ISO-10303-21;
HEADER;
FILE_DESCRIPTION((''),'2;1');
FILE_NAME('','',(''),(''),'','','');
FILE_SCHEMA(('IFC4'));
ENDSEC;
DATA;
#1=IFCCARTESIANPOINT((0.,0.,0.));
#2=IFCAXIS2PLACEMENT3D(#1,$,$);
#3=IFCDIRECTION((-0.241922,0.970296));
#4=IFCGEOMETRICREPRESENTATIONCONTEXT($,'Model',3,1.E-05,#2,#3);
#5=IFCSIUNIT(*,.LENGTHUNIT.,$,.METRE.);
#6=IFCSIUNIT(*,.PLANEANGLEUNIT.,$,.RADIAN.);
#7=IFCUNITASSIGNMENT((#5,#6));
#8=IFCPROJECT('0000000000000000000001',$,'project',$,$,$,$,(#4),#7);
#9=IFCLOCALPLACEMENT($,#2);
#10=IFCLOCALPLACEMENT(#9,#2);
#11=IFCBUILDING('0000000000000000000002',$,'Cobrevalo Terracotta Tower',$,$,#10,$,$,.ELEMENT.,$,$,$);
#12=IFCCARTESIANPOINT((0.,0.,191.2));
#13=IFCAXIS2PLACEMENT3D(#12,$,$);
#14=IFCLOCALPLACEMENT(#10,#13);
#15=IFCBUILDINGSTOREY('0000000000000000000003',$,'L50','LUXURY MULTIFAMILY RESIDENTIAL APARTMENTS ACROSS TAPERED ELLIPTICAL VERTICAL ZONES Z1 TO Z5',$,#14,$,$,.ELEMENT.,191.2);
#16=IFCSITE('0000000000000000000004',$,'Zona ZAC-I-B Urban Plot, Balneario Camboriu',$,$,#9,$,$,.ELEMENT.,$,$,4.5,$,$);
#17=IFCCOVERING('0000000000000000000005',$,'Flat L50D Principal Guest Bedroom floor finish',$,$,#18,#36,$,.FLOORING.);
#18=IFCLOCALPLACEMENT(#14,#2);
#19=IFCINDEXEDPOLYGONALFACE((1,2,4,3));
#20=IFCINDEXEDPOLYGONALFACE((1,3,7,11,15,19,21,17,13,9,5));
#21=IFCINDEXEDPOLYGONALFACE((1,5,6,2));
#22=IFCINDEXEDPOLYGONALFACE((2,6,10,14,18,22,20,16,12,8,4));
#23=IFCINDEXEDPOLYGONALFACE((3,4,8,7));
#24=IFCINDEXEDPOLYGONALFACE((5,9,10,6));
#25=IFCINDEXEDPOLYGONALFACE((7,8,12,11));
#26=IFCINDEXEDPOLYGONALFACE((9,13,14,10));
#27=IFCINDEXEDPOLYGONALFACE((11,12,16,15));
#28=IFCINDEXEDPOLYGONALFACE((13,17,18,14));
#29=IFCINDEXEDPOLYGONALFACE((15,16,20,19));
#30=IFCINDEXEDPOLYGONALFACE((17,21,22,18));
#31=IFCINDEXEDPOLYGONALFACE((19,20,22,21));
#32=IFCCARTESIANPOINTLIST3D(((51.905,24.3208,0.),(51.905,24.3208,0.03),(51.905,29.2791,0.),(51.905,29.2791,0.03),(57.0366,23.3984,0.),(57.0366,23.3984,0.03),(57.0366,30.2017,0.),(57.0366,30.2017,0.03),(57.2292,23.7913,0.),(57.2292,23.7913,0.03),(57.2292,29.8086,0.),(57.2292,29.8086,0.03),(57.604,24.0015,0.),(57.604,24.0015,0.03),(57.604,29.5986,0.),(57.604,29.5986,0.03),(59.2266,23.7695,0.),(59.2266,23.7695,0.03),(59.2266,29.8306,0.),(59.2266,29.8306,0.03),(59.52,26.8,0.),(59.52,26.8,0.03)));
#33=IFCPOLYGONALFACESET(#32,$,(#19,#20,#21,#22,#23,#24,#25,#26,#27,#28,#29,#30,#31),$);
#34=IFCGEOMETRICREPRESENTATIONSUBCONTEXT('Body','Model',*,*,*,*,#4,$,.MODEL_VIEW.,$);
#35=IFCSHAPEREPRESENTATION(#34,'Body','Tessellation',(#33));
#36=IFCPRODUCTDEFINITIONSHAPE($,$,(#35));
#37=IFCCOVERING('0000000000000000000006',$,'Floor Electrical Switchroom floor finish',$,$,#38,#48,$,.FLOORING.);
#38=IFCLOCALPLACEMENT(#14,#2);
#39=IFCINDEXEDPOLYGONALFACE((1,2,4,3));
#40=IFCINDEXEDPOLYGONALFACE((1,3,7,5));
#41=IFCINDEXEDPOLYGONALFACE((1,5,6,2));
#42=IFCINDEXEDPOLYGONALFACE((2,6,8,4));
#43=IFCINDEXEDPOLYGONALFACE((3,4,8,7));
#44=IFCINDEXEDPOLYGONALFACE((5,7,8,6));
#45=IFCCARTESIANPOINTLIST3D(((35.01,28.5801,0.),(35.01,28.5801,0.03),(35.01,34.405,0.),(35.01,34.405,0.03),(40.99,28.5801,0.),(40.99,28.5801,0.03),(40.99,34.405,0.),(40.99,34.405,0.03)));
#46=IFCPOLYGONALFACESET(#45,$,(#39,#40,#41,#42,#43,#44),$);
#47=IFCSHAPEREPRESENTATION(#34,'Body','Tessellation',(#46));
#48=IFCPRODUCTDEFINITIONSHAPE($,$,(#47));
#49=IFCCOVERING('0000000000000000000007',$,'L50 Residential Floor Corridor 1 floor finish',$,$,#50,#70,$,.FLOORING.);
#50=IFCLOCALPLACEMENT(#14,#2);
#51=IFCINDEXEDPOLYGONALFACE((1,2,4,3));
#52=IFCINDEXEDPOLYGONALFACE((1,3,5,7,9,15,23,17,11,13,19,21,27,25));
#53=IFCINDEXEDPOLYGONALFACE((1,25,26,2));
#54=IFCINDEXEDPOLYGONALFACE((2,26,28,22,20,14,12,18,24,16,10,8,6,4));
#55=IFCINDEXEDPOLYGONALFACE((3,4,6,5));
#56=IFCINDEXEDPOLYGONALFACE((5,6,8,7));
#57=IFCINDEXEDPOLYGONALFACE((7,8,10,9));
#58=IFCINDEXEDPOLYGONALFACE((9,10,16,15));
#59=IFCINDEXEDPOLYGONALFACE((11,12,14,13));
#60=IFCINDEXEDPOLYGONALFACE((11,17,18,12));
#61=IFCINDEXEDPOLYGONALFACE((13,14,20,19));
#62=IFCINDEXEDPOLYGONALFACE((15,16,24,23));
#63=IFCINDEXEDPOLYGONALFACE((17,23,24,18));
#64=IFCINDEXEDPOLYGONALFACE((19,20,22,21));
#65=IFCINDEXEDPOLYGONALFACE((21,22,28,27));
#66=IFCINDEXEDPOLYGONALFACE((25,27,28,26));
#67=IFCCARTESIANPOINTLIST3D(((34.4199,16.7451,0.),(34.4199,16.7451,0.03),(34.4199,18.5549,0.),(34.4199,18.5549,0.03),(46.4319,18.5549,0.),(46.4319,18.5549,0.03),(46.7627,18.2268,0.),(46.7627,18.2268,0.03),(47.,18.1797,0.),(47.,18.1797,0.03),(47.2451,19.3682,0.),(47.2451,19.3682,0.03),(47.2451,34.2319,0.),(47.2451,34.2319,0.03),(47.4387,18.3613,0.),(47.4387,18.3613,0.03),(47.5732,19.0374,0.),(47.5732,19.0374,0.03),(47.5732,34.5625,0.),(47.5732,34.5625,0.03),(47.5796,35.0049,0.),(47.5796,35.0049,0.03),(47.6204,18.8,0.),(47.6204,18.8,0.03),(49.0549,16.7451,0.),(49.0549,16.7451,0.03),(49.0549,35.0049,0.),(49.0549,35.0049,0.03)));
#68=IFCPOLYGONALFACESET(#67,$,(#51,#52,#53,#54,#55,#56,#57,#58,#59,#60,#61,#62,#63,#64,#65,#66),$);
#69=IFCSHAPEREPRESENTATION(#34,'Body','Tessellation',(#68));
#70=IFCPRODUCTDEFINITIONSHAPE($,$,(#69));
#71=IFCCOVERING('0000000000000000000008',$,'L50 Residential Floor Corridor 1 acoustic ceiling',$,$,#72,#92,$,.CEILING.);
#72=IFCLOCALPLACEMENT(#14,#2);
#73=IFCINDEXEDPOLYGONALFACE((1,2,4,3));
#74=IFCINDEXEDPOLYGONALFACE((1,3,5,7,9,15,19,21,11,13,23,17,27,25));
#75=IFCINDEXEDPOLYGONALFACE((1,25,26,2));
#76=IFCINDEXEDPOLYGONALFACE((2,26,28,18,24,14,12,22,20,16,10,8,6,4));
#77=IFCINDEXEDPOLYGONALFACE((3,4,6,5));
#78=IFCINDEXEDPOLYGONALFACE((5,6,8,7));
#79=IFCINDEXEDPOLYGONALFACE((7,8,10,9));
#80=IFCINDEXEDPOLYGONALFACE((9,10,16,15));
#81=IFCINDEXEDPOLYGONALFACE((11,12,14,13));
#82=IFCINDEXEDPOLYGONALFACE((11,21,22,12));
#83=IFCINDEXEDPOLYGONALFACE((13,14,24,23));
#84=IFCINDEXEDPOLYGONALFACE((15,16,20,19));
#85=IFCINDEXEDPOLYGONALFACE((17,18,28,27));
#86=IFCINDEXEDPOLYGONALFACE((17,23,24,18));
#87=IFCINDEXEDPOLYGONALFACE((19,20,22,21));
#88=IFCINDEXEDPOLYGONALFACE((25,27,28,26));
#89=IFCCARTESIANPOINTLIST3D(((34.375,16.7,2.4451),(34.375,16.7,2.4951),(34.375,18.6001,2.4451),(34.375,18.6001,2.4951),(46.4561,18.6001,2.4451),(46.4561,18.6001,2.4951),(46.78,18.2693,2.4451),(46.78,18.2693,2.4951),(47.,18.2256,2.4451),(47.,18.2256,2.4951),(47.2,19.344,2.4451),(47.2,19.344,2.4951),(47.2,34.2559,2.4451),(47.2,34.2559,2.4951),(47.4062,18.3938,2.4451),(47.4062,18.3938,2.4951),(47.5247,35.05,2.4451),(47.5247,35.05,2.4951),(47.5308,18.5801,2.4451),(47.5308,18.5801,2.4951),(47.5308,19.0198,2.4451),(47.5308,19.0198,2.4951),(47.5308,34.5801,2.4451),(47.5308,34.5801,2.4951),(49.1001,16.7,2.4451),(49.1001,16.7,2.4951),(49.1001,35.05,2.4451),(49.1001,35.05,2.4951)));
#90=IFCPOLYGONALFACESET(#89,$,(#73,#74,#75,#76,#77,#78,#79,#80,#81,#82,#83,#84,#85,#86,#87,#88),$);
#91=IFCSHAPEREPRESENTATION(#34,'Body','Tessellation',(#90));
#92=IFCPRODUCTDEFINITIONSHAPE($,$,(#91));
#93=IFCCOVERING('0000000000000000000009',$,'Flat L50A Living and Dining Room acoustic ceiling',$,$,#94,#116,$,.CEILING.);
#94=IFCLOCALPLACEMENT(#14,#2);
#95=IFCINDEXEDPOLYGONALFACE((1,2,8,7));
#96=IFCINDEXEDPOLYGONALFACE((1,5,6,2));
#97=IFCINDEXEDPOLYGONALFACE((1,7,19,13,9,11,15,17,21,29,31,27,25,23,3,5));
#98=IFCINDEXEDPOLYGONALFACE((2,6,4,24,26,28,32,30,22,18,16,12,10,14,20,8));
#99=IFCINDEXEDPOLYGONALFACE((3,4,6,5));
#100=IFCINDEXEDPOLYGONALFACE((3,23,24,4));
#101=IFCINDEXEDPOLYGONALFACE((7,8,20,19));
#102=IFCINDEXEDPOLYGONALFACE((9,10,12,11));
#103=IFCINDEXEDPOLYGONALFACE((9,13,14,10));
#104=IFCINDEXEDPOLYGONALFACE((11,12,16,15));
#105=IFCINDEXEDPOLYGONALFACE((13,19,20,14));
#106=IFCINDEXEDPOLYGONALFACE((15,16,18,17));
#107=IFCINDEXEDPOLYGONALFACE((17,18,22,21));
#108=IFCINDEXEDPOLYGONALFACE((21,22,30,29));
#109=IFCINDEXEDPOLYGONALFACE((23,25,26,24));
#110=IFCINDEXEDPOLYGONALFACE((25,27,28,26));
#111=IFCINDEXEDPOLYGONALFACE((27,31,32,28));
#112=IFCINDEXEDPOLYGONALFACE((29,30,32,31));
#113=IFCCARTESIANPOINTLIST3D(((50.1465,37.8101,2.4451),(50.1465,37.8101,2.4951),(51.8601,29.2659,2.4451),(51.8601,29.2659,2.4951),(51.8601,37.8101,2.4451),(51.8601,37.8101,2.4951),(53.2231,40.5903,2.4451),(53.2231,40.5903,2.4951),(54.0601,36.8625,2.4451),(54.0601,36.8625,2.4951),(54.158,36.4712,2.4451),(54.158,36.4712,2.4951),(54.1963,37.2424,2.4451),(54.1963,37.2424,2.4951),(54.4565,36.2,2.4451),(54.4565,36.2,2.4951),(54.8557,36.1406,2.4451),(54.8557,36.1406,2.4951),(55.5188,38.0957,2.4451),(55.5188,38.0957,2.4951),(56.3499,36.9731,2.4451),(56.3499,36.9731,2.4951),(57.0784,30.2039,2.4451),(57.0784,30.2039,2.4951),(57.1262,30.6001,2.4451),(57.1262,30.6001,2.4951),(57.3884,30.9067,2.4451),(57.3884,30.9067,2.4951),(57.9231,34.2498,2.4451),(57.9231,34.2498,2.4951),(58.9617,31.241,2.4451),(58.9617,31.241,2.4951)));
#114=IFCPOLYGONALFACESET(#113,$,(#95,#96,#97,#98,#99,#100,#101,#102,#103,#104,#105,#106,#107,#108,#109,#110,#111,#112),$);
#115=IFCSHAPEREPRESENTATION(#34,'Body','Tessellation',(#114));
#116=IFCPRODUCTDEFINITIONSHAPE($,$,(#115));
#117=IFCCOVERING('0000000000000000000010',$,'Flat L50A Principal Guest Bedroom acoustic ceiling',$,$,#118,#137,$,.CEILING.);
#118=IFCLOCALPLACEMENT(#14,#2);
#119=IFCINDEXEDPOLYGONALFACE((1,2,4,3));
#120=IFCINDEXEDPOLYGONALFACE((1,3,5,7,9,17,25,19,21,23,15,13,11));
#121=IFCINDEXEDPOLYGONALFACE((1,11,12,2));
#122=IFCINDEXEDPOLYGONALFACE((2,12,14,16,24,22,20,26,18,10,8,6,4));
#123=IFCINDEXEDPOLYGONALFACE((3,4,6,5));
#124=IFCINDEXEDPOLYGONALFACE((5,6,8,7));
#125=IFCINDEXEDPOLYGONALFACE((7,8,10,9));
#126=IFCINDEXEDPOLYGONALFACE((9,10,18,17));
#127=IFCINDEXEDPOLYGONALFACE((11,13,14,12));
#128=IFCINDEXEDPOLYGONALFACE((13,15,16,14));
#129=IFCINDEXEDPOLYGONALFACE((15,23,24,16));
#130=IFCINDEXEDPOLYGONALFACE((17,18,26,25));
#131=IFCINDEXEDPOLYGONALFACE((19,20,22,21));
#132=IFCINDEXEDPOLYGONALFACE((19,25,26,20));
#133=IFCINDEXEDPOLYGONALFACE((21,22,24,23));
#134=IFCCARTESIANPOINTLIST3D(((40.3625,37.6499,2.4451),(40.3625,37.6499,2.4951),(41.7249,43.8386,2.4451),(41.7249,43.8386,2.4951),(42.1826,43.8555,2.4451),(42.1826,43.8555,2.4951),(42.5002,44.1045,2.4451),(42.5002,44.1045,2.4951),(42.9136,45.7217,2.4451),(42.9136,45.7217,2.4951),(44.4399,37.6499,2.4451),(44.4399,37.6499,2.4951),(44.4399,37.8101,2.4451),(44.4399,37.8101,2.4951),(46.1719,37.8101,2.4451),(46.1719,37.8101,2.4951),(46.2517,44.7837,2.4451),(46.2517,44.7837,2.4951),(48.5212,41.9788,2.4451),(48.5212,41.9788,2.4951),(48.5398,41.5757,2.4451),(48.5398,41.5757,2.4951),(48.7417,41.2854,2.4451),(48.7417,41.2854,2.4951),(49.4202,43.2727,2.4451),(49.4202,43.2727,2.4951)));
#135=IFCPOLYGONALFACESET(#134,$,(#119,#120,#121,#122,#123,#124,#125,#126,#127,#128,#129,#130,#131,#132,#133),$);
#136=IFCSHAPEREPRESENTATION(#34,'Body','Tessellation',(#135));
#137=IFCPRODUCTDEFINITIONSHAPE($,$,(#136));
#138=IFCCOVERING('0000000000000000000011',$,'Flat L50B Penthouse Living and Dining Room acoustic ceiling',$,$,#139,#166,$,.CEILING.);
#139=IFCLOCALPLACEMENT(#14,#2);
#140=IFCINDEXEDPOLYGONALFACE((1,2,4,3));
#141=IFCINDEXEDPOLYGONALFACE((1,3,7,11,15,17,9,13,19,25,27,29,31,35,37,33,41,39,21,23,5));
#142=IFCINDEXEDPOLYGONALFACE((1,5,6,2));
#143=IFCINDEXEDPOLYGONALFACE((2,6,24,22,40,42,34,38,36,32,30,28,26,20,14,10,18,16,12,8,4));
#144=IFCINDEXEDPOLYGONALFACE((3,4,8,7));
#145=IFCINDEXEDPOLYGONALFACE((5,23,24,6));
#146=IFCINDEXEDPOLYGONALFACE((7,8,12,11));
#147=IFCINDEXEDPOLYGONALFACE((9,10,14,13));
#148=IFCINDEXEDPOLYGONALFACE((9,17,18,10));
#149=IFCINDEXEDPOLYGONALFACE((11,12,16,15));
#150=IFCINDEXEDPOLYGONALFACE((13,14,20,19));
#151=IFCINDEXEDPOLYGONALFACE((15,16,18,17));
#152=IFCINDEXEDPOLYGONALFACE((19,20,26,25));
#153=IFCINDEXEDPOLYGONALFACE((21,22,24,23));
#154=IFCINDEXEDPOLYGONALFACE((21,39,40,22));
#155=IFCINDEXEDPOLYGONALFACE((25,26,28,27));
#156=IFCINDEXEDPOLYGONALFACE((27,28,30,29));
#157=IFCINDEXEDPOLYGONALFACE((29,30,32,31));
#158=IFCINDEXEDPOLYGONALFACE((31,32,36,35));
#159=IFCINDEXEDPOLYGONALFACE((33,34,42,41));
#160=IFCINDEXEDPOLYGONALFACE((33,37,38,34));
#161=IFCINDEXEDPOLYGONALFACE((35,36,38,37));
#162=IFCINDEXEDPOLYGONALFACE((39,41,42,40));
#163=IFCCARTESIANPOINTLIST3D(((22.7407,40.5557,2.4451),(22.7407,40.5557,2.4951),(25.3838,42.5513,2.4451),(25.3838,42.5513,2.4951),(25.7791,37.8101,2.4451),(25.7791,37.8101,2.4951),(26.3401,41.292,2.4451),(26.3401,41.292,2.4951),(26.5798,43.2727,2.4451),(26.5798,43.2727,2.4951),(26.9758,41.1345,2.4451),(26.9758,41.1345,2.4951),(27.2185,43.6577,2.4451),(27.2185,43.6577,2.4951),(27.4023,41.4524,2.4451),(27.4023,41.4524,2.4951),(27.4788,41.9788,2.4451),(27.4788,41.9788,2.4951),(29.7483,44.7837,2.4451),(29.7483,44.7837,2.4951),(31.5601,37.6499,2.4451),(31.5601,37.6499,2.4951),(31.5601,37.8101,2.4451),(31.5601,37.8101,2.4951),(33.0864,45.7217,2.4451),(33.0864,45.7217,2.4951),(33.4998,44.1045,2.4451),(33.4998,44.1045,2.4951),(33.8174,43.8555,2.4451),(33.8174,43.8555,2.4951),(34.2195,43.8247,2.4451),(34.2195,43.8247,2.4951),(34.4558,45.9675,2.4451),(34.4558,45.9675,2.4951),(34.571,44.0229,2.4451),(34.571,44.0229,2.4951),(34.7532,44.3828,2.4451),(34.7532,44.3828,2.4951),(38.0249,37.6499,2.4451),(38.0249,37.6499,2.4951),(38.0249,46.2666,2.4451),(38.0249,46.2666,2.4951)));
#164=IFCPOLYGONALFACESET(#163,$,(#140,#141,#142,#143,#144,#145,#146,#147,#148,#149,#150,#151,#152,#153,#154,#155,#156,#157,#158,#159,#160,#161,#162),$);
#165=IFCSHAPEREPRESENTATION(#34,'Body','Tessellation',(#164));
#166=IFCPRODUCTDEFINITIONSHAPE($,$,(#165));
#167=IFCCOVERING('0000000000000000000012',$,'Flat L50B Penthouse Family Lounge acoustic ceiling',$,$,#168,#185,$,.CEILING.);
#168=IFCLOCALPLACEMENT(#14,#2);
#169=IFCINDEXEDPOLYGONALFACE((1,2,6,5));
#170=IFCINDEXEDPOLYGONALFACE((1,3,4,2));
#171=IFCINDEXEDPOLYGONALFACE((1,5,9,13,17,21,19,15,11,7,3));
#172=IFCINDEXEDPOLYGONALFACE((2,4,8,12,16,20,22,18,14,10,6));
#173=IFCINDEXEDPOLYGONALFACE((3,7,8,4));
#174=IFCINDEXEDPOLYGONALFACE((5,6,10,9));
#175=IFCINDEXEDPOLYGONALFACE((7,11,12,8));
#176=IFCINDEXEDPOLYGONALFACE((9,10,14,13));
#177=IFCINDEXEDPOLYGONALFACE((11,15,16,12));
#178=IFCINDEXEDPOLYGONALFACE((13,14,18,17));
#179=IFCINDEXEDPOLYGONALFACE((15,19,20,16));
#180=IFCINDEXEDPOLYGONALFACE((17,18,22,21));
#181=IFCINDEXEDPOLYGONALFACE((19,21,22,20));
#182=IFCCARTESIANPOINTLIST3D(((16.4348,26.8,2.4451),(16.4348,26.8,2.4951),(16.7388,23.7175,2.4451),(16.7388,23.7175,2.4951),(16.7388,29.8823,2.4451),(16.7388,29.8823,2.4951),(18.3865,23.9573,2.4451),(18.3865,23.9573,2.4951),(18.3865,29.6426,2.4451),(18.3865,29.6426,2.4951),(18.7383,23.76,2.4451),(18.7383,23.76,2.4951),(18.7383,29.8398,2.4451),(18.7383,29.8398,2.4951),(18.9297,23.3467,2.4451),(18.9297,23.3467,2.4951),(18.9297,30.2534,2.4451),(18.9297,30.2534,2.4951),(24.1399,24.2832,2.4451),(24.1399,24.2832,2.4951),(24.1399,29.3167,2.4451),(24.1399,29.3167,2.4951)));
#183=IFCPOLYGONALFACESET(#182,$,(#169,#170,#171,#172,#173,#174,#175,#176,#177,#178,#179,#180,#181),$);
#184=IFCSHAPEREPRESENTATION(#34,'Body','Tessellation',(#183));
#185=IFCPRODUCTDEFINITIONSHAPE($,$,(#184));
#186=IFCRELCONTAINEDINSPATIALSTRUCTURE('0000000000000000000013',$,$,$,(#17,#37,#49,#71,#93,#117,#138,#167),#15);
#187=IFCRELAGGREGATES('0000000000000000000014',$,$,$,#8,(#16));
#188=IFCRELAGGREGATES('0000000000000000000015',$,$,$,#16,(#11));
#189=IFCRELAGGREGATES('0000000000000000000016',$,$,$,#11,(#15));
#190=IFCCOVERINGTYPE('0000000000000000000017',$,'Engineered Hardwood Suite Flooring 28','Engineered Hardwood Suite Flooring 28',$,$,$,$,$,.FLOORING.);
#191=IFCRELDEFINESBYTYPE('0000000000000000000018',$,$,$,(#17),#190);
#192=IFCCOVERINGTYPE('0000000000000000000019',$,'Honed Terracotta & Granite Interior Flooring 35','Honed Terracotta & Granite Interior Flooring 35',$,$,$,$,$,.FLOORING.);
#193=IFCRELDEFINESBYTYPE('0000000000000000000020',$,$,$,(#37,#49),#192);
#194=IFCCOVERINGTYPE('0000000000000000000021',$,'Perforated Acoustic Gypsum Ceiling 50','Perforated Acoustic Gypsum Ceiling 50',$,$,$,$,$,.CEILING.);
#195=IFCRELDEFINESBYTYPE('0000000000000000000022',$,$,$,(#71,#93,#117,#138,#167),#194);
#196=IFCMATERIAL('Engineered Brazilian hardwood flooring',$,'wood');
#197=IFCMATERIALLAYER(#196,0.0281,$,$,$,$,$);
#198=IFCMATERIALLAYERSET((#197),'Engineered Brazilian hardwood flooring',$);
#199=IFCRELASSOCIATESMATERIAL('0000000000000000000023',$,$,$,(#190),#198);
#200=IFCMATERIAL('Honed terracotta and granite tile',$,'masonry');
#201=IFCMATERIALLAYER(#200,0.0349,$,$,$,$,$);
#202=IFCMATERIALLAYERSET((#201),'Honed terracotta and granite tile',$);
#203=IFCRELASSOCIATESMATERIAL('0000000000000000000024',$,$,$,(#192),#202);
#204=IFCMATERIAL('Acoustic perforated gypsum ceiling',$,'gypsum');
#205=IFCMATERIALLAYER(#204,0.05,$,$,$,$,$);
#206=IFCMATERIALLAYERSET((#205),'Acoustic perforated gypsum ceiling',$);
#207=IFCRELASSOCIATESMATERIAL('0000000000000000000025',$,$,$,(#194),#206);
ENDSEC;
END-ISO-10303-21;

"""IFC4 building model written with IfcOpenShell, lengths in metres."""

from ifc_helpers import new_model, si_unit, direction, frame, origin, place, context, subcontext, project, spatial, polyline, outline, extrude, material, layer, layer_set, type_object, element, save


model = new_model("IFC4")

# Units and contexts
model_context = context("Model", 3, precision=1e-05, world=origin(), true_north=direction((-0.241922, 0.970296)))
body_context = subcontext(model_context, "Body", "Model", "MODEL_VIEW")
ifc_project = project(units=[si_unit("LENGTHUNIT", "METRE"), si_unit("PLANEANGLEUNIT", "RADIAN")], contexts=[model_context])

# Site, building, storey
site_placement = place(None, origin())
site = spatial("IfcSite", under=ifc_project, at=site_placement, Name="Zona ZAC-I-B Urban Plot, Balneario Camboriu", CompositionType="ELEMENT", RefElevation=4.5)
building_placement = place(site_placement, origin())
building = spatial("IfcBuilding", under=site, at=building_placement, Name="Cobrevalo Terracotta Tower", CompositionType="ELEMENT")
storey_placement = place(building_placement, frame((0.0, 0.0, 191.2)))
storey = spatial("IfcBuildingStorey", under=building, at=storey_placement, Name="L50", Description="LUXURY MULTIFAMILY RESIDENTIAL APARTMENTS ACROSS TAPERED ELLIPTICAL VERTICAL ZONES Z1 TO Z5", CompositionType="ELEMENT", Elevation=191.2)

# Coverings
ifc_material_1 = material(Name="Engineered Brazilian hardwood flooring", Category="wood")
ifc_layer_1 = layer(ifc_material_1, 0.0281)
ifc_layer_set_1 = layer_set([ifc_layer_1], Name="Engineered Brazilian hardwood flooring")
covering_type_1 = type_object("IfcCoveringType", Name="Engineered Hardwood Suite Flooring 28", Description="Engineered Hardwood Suite Flooring 28", PredefinedType="FLOORING", material=ifc_layer_set_1)
covering_1_placement = place(storey_placement, origin())
element("IfcCovering", 1, at=covering_1_placement, inside=storey, type_object=covering_type_1, Name="Flat L50D Principal Guest Bedroom floor finish", PredefinedType="FLOORING", context=body_context, shape_type="SweptSolid", body=[
    extrude(outline(polyline([(57.0366, 30.2017), (57.2292, 29.8086), (57.604, 29.5986), (59.2266, 29.8306), (59.52, 26.8), (59.2266, 23.7695), (57.604, 24.0015), (57.2292, 23.7913), (57.0366, 23.3984), (51.905, 24.3208), (51.905, 29.2791), (57.0366, 30.2017)])), origin(), (0.0, 0.0, 1.0), 0.03),
])
ifc_material_2 = material(Name="Honed terracotta and granite tile", Category="masonry")
ifc_layer_2 = layer(ifc_material_2, 0.0349)
ifc_layer_set_2 = layer_set([ifc_layer_2], Name="Honed terracotta and granite tile")
covering_type_2 = type_object("IfcCoveringType", Name="Honed Terracotta & Granite Interior Flooring 35", Description="Honed Terracotta & Granite Interior Flooring 35", PredefinedType="FLOORING", material=ifc_layer_set_2)
covering_2_placement = place(storey_placement, origin())
element("IfcCovering", 2, at=covering_2_placement, inside=storey, type_object=covering_type_2, Name="Floor Electrical Switchroom floor finish", PredefinedType="FLOORING", context=body_context, shape_type="SweptSolid", body=[
    extrude(outline(polyline([(35.01, 34.405), (40.99, 34.405), (40.99, 28.5801), (35.01, 28.5801), (35.01, 34.405)])), origin(), (0.0, 0.0, 1.0), 0.03),
])
covering_3_placement = place(storey_placement, origin())
element("IfcCovering", 3, at=covering_3_placement, inside=storey, type_object=covering_type_2, Name="L50 Residential Floor Corridor 1 floor finish", PredefinedType="FLOORING", context=body_context, shape_type="SweptSolid", body=[
    extrude(outline(polyline([(34.4199, 18.5549), (46.4319, 18.5549), (46.7627, 18.2268), (47.0, 18.1797), (47.4387, 18.3613), (47.6204, 18.8), (47.5732, 19.0374), (47.2451, 19.3682), (47.2451, 34.2319), (47.5732, 34.5625), (47.5796, 35.0049), (49.0549, 35.0049), (49.0549, 16.7451), (34.4199, 16.7451), (34.4199, 18.5549)])), origin(), (0.0, 0.0, 1.0), 0.03),
])
ifc_material_3 = material(Name="Acoustic perforated gypsum ceiling", Category="gypsum")
ifc_layer_3 = layer(ifc_material_3, 0.05)
ifc_layer_set_3 = layer_set([ifc_layer_3], Name="Acoustic perforated gypsum ceiling")
covering_type_3 = type_object("IfcCoveringType", Name="Perforated Acoustic Gypsum Ceiling 50", Description="Perforated Acoustic Gypsum Ceiling 50", PredefinedType="CEILING", material=ifc_layer_set_3)
covering_4_placement = place(storey_placement, frame((0.0, 0.0, 2.4451)))
element("IfcCovering", 4, at=covering_4_placement, inside=storey, type_object=covering_type_3, Name="L50 Residential Floor Corridor 1 acoustic ceiling", PredefinedType="CEILING", context=body_context, shape_type="SweptSolid", body=[
    extrude(outline(polyline([(34.375, 18.6001), (46.4561, 18.6001), (46.78, 18.2693), (47.0, 18.2256), (47.4062, 18.3938), (47.5308, 18.5801), (47.5308, 19.0198), (47.2, 19.344), (47.2, 34.2559), (47.5308, 34.5801), (47.5247, 35.05), (49.1001, 35.05), (49.1001, 16.7), (34.375, 16.7), (34.375, 18.6001)])), origin(), (0.0, 0.0, 1.0), 0.05),
])
covering_5_placement = place(storey_placement, frame((0.0, 0.0, 2.4451)))
element("IfcCovering", 5, at=covering_5_placement, inside=storey, type_object=covering_type_3, Name="Flat L50A Living and Dining Room acoustic ceiling", PredefinedType="CEILING", context=body_context, shape_type="SweptSolid", body=[
    extrude(outline(polyline([(53.2231, 40.5903), (55.5188, 38.0957), (54.1963, 37.2424), (54.0601, 36.8625), (54.158, 36.4712), (54.4565, 36.2), (54.8557, 36.1406), (56.3499, 36.9731), (57.9231, 34.2498), (58.9617, 31.241), (57.3884, 30.9067), (57.1262, 30.6001), (57.0784, 30.2039), (51.8601, 29.2659), (51.8601, 37.8101), (50.1465, 37.8101), (53.2231, 40.5903)])), origin(), (0.0, 0.0, 1.0), 0.05),
])
covering_6_placement = place(storey_placement, frame((0.0, 0.0, 2.4451)))
element("IfcCovering", 6, at=covering_6_placement, inside=storey, type_object=covering_type_3, Name="Flat L50A Principal Guest Bedroom acoustic ceiling", PredefinedType="CEILING", context=body_context, shape_type="SweptSolid", body=[
    extrude(outline(polyline([(46.2517, 44.7837), (49.4202, 43.2727), (48.5212, 41.9788), (48.5398, 41.5757), (48.7417, 41.2854), (46.1719, 37.8101), (44.4399, 37.8101), (44.4399, 37.6499), (40.3625, 37.6499), (41.7249, 43.8386), (42.1826, 43.8555), (42.5002, 44.1045), (42.9136, 45.7217), (46.2517, 44.7837)])), origin(), (0.0, 0.0, 1.0), 0.05),
])
covering_7_placement = place(storey_placement, frame((0.0, 0.0, 2.4451)))
element("IfcCovering", 7, at=covering_7_placement, inside=storey, type_object=covering_type_3, Name="Flat L50B Penthouse Living and Dining Room acoustic ceiling", PredefinedType="CEILING", context=body_context, shape_type="SweptSolid", body=[
    extrude(outline(polyline([(25.3838, 42.5513), (26.3401, 41.292), (26.9758, 41.1345), (27.4023, 41.4524), (27.4788, 41.9788), (26.5798, 43.2727), (27.2185, 43.6577), (29.7483, 44.7837), (33.0864, 45.7217), (33.4998, 44.1045), (33.8174, 43.8555), (34.2195, 43.8247), (34.571, 44.0229), (34.7532, 44.3828), (34.4558, 45.9675), (38.0249, 46.2666), (38.0249, 37.6499), (31.5601, 37.6499), (31.5601, 37.8101), (25.7791, 37.8101), (22.7407, 40.5557), (25.3838, 42.5513)])), origin(), (0.0, 0.0, 1.0), 0.05),
])
covering_8_placement = place(storey_placement, frame((0.0, 0.0, 2.4451)))
element("IfcCovering", 8, at=covering_8_placement, inside=storey, type_object=covering_type_3, Name="Flat L50B Penthouse Family Lounge acoustic ceiling", PredefinedType="CEILING", context=body_context, shape_type="SweptSolid", body=[
    extrude(outline(polyline([(16.7388, 29.8823), (18.3865, 29.6426), (18.7383, 29.8398), (18.9297, 30.2534), (24.1399, 29.3167), (24.1399, 24.2832), (18.9297, 23.3467), (18.7383, 23.76), (18.3865, 23.9573), (16.7388, 23.7175), (16.4348, 26.8), (16.7388, 29.8823)])), origin(), (0.0, 0.0, 1.0), 0.05),
])

save(model, "model.ifc")
